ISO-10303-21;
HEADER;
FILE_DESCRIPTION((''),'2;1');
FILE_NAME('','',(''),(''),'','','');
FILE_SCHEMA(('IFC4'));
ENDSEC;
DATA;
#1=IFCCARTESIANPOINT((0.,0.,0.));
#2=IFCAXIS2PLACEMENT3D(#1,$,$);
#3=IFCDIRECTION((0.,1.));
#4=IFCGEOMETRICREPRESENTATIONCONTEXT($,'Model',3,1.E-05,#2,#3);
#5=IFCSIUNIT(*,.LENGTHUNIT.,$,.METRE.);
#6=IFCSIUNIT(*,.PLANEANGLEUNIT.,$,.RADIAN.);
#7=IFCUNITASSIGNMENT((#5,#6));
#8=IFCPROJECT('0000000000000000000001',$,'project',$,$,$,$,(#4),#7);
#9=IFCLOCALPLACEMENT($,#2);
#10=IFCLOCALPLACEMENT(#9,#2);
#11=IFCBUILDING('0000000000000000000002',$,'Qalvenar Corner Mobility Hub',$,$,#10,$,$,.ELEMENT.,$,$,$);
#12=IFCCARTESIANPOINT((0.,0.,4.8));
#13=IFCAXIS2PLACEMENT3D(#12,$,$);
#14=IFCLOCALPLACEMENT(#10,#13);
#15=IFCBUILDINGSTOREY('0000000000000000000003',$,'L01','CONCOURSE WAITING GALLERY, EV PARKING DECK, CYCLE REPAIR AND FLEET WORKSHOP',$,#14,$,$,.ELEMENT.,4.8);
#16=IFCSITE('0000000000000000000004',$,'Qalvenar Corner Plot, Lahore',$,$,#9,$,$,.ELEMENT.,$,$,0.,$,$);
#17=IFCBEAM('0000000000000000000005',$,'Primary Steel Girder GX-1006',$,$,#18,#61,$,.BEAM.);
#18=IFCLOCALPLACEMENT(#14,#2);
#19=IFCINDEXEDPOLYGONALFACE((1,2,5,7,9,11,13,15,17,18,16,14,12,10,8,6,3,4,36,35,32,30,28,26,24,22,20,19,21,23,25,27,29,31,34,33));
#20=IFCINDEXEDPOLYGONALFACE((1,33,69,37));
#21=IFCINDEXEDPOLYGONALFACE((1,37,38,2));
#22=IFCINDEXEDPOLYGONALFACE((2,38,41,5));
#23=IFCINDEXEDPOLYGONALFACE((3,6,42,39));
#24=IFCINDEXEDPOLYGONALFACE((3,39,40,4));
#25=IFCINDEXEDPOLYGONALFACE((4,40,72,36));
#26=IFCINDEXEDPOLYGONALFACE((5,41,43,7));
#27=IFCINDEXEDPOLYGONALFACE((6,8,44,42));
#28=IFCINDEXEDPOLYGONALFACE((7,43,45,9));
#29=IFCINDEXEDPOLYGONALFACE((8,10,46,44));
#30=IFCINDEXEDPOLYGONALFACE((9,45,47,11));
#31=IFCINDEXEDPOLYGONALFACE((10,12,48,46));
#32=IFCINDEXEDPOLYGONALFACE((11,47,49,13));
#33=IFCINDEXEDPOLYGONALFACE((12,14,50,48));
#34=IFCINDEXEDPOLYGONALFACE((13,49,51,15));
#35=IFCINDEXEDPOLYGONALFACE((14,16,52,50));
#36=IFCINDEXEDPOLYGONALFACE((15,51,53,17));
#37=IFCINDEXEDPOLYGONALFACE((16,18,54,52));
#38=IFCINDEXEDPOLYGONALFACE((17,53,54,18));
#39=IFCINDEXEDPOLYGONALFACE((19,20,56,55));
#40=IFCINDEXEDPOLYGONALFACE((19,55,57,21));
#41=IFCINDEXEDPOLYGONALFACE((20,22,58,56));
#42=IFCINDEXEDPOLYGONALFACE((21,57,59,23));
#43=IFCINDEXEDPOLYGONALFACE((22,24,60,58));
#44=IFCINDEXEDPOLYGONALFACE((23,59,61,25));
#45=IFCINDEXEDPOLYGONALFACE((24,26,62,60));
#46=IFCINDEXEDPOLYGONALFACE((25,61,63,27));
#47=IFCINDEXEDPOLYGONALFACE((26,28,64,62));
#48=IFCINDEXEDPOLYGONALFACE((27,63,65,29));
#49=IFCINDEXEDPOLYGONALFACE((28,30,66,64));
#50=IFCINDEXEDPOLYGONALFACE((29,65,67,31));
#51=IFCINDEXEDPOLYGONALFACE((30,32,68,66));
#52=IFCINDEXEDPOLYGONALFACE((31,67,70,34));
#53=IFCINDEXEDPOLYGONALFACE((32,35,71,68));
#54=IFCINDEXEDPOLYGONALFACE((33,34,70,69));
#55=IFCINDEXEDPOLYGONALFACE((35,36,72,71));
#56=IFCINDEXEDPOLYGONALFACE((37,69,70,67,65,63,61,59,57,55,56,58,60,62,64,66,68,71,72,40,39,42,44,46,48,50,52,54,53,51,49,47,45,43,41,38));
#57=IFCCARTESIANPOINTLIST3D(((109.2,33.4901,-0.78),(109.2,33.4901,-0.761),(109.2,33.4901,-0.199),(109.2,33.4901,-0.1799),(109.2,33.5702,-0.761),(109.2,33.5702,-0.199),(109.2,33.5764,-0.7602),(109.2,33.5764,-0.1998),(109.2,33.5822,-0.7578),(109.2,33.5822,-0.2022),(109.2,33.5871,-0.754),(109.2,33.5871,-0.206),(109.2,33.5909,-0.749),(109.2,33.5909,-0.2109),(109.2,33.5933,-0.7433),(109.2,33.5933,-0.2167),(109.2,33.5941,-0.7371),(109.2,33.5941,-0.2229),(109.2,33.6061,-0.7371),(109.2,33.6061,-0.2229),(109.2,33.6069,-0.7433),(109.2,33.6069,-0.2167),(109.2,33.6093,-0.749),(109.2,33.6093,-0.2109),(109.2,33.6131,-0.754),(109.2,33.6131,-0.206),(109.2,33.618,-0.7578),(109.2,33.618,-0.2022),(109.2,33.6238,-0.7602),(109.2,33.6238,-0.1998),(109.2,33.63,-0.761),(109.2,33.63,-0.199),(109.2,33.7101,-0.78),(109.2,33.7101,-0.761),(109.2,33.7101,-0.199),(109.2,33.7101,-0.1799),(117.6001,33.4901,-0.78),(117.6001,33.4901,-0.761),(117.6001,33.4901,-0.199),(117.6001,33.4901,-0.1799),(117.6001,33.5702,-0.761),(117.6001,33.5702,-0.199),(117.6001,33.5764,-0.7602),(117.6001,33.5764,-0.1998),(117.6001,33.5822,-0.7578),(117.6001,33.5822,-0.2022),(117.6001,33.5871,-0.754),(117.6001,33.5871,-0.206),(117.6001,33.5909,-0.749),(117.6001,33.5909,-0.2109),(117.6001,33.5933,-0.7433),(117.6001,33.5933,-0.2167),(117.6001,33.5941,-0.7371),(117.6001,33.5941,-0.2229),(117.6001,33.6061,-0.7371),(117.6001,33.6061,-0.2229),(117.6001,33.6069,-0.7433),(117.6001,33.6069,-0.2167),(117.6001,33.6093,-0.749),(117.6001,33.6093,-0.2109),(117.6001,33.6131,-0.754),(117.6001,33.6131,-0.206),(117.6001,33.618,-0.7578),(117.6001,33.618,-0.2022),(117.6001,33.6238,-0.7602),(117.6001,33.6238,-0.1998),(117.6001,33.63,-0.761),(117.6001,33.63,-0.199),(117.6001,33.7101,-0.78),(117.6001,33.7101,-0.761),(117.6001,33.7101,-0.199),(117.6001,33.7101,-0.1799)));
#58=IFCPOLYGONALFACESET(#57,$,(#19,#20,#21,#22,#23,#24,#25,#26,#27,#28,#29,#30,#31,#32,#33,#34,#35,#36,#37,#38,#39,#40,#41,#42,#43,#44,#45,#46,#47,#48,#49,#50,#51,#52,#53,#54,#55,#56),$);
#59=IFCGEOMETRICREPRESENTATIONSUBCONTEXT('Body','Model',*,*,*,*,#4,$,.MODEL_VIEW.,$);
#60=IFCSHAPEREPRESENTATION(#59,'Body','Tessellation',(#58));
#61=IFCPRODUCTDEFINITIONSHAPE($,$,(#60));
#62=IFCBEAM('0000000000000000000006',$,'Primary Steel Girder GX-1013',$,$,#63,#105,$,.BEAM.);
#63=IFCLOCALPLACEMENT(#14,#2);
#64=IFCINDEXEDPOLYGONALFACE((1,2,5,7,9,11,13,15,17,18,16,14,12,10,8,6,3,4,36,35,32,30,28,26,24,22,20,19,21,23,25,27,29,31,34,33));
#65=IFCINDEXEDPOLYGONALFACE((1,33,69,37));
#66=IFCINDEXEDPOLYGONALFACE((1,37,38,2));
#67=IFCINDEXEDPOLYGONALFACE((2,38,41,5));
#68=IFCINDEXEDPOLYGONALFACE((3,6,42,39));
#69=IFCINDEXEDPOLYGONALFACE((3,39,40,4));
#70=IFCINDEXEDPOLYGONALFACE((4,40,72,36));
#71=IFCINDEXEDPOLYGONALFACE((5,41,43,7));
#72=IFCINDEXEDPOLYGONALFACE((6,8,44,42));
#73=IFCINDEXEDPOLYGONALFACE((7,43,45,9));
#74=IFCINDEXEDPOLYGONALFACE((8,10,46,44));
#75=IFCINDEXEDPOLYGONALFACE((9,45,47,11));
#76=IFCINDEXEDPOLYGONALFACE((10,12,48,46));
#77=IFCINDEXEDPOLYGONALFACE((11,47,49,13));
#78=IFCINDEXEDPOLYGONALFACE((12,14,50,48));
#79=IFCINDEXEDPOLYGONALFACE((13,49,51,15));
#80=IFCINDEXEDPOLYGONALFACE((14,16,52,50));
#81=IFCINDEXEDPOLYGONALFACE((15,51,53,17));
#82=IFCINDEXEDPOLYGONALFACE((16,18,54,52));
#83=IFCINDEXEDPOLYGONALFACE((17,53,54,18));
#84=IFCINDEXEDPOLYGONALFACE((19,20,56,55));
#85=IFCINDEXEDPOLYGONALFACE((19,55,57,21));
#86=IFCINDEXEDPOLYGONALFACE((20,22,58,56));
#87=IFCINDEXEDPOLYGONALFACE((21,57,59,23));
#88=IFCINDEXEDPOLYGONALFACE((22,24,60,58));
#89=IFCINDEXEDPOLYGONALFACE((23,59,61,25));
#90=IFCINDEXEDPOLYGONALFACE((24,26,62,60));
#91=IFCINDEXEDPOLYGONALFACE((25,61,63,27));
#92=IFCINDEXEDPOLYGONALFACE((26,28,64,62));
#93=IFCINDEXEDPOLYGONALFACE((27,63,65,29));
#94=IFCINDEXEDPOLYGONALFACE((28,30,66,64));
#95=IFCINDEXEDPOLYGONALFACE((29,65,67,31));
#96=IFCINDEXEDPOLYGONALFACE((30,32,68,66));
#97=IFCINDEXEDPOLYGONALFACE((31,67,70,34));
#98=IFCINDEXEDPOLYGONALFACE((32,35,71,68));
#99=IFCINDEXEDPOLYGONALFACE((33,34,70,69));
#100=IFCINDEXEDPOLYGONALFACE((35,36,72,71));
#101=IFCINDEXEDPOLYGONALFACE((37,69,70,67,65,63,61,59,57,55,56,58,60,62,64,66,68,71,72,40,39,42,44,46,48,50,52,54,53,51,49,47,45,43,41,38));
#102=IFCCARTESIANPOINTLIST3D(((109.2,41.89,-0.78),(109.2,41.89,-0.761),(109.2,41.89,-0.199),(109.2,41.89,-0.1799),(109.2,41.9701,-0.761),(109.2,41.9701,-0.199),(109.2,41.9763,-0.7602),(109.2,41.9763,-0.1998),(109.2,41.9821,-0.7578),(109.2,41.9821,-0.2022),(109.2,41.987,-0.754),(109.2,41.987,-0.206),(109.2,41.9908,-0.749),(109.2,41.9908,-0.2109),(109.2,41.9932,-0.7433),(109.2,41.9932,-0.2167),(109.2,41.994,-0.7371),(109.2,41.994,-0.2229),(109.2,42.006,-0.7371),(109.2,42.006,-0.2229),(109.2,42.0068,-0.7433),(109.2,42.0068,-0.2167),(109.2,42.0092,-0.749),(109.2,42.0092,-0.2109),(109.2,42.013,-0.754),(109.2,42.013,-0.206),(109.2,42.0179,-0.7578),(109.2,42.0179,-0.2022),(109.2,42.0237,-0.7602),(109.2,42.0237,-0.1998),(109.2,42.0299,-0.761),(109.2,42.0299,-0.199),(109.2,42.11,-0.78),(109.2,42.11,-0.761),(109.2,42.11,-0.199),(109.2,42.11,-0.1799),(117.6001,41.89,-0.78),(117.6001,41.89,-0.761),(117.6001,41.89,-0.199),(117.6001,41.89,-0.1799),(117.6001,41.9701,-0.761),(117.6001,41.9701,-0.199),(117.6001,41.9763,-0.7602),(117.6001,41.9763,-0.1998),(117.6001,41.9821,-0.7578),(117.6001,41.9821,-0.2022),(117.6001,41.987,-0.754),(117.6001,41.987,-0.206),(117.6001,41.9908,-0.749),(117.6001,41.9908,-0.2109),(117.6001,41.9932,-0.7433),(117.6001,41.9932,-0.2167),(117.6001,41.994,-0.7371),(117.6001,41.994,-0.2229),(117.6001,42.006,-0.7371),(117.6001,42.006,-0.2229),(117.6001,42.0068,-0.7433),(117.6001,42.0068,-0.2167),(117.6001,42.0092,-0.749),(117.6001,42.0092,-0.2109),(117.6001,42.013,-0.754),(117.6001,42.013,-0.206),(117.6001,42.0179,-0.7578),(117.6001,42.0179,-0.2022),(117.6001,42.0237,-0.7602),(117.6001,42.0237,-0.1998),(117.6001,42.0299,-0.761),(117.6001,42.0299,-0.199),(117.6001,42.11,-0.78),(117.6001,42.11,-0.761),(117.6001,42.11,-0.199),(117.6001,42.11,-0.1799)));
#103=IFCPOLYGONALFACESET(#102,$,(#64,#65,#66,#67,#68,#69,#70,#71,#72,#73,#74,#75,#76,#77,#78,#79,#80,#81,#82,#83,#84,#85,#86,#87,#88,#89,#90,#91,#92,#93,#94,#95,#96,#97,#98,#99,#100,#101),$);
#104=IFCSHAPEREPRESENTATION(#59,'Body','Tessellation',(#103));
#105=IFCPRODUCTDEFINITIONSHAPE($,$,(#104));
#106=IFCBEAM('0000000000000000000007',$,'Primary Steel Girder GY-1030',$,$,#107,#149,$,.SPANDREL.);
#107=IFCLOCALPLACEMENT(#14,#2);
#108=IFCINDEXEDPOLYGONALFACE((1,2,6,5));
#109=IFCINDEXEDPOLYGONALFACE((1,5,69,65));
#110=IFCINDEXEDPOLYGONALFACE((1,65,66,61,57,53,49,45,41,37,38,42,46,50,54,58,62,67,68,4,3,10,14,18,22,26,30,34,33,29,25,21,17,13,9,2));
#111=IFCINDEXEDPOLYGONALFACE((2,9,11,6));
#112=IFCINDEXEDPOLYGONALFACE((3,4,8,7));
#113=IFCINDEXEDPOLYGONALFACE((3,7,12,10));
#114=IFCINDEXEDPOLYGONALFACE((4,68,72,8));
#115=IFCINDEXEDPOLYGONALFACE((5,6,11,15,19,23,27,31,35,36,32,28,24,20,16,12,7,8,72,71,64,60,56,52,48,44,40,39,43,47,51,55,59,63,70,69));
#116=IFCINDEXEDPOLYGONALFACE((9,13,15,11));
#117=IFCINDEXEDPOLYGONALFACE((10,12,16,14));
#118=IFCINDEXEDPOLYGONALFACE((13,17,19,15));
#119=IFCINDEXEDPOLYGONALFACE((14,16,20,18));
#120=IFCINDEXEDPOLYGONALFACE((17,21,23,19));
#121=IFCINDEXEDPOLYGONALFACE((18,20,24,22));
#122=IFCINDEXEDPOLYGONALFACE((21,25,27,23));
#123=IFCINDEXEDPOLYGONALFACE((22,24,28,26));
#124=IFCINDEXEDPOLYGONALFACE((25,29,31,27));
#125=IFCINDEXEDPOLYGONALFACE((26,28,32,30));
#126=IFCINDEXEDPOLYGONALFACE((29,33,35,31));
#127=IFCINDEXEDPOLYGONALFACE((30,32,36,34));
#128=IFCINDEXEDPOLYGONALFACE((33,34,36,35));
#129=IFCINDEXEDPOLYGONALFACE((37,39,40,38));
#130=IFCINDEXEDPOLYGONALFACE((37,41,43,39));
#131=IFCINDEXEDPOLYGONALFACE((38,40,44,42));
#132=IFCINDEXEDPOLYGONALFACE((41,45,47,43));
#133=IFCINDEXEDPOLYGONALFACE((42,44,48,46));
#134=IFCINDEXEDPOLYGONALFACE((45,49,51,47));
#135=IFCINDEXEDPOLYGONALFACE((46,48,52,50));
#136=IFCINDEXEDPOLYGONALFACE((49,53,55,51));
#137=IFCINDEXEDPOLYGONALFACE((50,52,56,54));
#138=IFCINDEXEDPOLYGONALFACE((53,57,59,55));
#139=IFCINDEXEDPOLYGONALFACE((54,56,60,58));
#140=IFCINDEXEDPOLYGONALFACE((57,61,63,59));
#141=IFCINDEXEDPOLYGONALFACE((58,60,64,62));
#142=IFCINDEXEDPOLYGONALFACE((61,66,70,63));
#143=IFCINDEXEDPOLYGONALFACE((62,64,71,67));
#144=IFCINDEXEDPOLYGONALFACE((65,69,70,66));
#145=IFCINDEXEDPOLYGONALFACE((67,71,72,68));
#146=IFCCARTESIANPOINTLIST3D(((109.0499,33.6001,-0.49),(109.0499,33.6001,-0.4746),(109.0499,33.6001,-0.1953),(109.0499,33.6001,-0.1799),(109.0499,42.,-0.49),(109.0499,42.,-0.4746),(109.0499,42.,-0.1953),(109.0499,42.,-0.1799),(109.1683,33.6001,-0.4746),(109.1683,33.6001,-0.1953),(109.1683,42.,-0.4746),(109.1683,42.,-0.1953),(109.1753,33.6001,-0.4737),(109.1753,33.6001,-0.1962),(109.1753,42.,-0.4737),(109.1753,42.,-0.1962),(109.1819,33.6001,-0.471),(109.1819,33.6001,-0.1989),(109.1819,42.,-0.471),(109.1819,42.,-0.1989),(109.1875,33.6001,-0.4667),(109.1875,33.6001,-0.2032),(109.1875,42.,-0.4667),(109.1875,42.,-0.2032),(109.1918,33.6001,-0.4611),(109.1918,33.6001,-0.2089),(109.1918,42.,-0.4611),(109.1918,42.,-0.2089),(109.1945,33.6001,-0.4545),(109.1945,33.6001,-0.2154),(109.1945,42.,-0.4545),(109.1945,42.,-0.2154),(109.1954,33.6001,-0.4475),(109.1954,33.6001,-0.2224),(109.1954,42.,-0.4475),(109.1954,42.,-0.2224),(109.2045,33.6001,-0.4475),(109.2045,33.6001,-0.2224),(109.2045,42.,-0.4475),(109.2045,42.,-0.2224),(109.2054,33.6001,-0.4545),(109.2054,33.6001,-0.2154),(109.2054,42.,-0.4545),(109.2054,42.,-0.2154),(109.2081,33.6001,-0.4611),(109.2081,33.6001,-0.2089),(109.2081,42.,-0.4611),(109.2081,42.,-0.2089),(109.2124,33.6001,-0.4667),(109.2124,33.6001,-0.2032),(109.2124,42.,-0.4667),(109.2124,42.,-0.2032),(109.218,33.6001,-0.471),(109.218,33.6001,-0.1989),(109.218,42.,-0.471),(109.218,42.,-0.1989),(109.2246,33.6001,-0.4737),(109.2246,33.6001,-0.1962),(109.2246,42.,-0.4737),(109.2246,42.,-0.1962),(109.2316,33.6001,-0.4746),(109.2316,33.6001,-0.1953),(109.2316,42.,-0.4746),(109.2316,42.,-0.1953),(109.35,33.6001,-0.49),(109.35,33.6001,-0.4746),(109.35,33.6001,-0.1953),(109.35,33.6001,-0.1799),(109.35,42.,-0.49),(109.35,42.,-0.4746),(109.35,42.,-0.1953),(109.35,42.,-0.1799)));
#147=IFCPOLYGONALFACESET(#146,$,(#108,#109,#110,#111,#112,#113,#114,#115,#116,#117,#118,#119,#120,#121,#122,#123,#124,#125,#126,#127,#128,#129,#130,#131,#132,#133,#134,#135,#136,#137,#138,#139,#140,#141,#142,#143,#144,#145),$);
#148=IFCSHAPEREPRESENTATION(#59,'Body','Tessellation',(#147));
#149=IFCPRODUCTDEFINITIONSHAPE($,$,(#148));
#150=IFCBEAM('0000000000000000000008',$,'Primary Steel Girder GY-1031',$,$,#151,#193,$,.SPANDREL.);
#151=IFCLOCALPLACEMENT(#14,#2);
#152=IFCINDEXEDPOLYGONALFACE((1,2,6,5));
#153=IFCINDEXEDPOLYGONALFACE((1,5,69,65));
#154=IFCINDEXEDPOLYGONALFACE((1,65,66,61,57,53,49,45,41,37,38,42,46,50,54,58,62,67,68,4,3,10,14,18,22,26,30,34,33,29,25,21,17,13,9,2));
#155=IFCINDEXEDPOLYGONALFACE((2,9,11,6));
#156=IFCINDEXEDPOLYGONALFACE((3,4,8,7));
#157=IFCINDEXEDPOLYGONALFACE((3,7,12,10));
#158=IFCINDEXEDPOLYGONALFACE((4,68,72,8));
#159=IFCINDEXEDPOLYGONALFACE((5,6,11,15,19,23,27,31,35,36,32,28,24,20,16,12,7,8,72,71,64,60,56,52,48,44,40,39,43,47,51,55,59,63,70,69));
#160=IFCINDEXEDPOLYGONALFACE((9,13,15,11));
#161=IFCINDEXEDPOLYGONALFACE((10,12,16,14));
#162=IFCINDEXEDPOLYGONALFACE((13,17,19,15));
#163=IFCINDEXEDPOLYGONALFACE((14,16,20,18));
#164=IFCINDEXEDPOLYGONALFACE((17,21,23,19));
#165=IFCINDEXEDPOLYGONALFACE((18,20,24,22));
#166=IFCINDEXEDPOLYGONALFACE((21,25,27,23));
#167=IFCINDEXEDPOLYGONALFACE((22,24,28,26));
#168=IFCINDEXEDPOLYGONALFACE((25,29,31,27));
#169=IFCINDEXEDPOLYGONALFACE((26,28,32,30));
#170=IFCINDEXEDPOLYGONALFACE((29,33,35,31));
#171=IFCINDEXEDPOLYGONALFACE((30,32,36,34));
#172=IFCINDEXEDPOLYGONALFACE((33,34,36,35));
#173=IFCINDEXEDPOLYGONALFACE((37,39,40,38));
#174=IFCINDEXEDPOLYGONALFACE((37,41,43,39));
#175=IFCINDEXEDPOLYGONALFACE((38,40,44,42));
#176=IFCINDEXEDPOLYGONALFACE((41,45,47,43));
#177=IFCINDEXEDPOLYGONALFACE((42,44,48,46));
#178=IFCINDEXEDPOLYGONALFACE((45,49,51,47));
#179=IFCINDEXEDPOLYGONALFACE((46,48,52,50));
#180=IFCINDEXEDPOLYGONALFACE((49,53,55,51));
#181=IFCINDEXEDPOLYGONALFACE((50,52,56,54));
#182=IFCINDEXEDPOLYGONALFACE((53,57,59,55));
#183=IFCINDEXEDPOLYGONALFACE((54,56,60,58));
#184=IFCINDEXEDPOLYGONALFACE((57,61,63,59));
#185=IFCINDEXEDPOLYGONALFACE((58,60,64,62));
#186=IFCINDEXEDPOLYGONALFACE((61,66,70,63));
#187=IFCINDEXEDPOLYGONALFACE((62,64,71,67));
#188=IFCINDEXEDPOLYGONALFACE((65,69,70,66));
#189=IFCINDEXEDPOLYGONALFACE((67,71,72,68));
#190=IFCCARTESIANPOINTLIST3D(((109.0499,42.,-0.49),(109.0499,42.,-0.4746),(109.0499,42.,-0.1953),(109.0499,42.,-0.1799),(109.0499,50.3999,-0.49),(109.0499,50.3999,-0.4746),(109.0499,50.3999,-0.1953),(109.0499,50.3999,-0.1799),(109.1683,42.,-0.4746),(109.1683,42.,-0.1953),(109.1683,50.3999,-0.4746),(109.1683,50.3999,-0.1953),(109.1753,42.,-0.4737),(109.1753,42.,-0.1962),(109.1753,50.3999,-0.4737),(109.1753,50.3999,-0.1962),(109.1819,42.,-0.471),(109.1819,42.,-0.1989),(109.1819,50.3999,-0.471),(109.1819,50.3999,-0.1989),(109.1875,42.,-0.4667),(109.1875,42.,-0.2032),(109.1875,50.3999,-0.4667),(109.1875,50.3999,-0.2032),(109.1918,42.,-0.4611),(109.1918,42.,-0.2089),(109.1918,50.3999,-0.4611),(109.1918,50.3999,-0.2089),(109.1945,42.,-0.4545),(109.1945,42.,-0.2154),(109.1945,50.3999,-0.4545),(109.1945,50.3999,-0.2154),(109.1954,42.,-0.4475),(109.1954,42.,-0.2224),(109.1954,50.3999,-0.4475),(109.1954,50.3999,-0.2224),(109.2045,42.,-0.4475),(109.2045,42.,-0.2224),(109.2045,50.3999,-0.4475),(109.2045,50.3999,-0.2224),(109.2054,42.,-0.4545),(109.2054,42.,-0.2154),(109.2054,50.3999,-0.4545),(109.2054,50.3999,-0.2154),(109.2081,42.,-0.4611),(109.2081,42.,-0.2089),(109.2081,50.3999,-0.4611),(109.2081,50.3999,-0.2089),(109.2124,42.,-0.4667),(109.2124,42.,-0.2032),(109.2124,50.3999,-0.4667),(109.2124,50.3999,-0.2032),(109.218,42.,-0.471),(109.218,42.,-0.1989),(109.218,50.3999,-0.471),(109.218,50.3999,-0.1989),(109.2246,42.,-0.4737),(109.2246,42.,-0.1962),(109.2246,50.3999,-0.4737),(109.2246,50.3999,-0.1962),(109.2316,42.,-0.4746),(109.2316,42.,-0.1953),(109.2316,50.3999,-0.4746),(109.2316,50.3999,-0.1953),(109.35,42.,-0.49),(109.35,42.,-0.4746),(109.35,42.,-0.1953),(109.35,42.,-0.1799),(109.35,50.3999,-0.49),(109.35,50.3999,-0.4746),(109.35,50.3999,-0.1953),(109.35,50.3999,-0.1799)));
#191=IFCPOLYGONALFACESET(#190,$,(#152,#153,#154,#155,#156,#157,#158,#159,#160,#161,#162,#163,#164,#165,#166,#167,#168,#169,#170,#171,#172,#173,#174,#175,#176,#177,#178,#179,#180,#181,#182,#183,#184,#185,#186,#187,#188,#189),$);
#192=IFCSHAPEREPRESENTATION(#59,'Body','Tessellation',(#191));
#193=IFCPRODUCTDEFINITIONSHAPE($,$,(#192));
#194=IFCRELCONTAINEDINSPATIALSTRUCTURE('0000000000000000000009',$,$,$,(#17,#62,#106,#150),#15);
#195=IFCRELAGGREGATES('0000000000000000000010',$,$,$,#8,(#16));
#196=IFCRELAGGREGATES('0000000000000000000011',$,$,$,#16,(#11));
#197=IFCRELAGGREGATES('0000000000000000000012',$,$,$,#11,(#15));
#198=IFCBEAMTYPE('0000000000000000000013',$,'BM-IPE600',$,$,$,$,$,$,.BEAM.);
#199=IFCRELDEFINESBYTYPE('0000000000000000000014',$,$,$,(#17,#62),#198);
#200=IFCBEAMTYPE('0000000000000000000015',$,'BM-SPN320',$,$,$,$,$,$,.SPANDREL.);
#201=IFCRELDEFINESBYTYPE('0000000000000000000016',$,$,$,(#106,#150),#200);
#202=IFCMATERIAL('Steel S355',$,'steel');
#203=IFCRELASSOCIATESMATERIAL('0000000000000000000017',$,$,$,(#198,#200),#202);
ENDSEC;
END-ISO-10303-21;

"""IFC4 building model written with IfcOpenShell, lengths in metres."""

from ifc_helpers import new_model, si_unit, direction, frame, origin, origin_2d, place, context, subcontext, project, spatial, i_section, extrude, material, material_profile, profile_set, type_object, element, save


model = new_model("IFC4")

# Units and contexts
model_context = context("Model", 3, precision=1e-05, world=origin(), true_north=direction((0.0, 1.0)))
body_context = subcontext(model_context, "Body", "Model", "MODEL_VIEW")
ifc_project = project(units=[si_unit("LENGTHUNIT", "METRE"), si_unit("PLANEANGLEUNIT", "RADIAN")], contexts=[model_context])

# Site, building, storey
site_placement = place(None, origin())
site = spatial("IfcSite", under=ifc_project, at=site_placement, Name="Qalvenar Corner Plot, Lahore", CompositionType="ELEMENT", RefElevation=0.0)
building_placement = place(site_placement, origin())
building = spatial("IfcBuilding", under=site, at=building_placement, Name="Qalvenar Corner Mobility Hub", CompositionType="ELEMENT")
storey_placement = place(building_placement, frame((0.0, 0.0, 4.8)))
storey = spatial("IfcBuildingStorey", under=building, at=storey_placement, Name="L01", Description="CONCOURSE WAITING GALLERY, EV PARKING DECK, CYCLE REPAIR AND FLEET WORKSHOP", CompositionType="ELEMENT", Elevation=4.8)

# Shared definitions
ifc_material_1 = material(Name="Steel S355", Category="steel")

# Beams
ifc_material_profile_1 = material_profile(ifc_material_1, i_section(OverallWidth=0.22, OverallDepth=0.6001, WebThickness=0.012, FlangeThickness=0.019, FilletRadius=0.0239, at=origin_2d()), Name="IPE600")
ifc_profile_set_1 = profile_set([ifc_material_profile_1], Name="Steel S355")
beam_type_1 = type_object("IfcBeamType", Name="BM-IPE600", PredefinedType="BEAM", material=ifc_profile_set_1)
for number, where, z_axis, x_axis, name in (
    (1, (109.2, 33.6001, -0.48), (1.0, 0.0, 0.0), (0.0, 1.0, 0.0), "Primary Steel Girder GX-1006"),
    (2, (109.2, 42.0, -0.48), (1.0, 0.0, 0.0), (0.0, 1.0, 0.0), "Primary Steel Girder GX-1013"),
):
    element("IfcBeam", number, at=place(storey_placement, frame(where, z_axis=z_axis, x_axis=x_axis)), inside=storey, type_object=beam_type_1, Name=name, PredefinedType="BEAM", context=body_context, shape_type="SweptSolid", body=[
        extrude(i_section(OverallWidth=0.22, OverallDepth=0.6001, WebThickness=0.012, FlangeThickness=0.019, FilletRadius=0.0239, at=origin_2d()), origin(), (0.0, 0.0, 1.0), 8.4001),
    ])
ifc_material_profile_2 = material_profile(ifc_material_1, i_section(OverallWidth=0.3, OverallDepth=0.3101, WebThickness=0.009, FlangeThickness=0.0154, FilletRadius=0.0271, at=origin_2d()), Name="HEA320")
ifc_profile_set_2 = profile_set([ifc_material_profile_2], Name="Steel S355")
beam_type_2 = type_object("IfcBeamType", Name="BM-SPN320", PredefinedType="SPANDREL", material=ifc_profile_set_2)
for number, where, z_axis, x_axis, name in (
    (3, (109.2, 33.6001, -0.335), (0.0, 1.0, 0.0), (-1.0, 0.0, 0.0), "Primary Steel Girder GY-1030"),
    (4, (109.2, 42.0, -0.335), (0.0, 1.0, 0.0), (-1.0, 0.0, 0.0), "Primary Steel Girder GY-1031"),
):
    element("IfcBeam", number, at=place(storey_placement, frame(where, z_axis=z_axis, x_axis=x_axis)), inside=storey, type_object=beam_type_2, Name=name, PredefinedType="SPANDREL", context=body_context, shape_type="SweptSolid", body=[
        extrude(i_section(OverallWidth=0.3, OverallDepth=0.3101, WebThickness=0.009, FlangeThickness=0.0154, FilletRadius=0.0271, at=origin_2d()), origin(), (0.0, 0.0, 1.0), 8.3999),
    ])

save(model, "model.ifc")
